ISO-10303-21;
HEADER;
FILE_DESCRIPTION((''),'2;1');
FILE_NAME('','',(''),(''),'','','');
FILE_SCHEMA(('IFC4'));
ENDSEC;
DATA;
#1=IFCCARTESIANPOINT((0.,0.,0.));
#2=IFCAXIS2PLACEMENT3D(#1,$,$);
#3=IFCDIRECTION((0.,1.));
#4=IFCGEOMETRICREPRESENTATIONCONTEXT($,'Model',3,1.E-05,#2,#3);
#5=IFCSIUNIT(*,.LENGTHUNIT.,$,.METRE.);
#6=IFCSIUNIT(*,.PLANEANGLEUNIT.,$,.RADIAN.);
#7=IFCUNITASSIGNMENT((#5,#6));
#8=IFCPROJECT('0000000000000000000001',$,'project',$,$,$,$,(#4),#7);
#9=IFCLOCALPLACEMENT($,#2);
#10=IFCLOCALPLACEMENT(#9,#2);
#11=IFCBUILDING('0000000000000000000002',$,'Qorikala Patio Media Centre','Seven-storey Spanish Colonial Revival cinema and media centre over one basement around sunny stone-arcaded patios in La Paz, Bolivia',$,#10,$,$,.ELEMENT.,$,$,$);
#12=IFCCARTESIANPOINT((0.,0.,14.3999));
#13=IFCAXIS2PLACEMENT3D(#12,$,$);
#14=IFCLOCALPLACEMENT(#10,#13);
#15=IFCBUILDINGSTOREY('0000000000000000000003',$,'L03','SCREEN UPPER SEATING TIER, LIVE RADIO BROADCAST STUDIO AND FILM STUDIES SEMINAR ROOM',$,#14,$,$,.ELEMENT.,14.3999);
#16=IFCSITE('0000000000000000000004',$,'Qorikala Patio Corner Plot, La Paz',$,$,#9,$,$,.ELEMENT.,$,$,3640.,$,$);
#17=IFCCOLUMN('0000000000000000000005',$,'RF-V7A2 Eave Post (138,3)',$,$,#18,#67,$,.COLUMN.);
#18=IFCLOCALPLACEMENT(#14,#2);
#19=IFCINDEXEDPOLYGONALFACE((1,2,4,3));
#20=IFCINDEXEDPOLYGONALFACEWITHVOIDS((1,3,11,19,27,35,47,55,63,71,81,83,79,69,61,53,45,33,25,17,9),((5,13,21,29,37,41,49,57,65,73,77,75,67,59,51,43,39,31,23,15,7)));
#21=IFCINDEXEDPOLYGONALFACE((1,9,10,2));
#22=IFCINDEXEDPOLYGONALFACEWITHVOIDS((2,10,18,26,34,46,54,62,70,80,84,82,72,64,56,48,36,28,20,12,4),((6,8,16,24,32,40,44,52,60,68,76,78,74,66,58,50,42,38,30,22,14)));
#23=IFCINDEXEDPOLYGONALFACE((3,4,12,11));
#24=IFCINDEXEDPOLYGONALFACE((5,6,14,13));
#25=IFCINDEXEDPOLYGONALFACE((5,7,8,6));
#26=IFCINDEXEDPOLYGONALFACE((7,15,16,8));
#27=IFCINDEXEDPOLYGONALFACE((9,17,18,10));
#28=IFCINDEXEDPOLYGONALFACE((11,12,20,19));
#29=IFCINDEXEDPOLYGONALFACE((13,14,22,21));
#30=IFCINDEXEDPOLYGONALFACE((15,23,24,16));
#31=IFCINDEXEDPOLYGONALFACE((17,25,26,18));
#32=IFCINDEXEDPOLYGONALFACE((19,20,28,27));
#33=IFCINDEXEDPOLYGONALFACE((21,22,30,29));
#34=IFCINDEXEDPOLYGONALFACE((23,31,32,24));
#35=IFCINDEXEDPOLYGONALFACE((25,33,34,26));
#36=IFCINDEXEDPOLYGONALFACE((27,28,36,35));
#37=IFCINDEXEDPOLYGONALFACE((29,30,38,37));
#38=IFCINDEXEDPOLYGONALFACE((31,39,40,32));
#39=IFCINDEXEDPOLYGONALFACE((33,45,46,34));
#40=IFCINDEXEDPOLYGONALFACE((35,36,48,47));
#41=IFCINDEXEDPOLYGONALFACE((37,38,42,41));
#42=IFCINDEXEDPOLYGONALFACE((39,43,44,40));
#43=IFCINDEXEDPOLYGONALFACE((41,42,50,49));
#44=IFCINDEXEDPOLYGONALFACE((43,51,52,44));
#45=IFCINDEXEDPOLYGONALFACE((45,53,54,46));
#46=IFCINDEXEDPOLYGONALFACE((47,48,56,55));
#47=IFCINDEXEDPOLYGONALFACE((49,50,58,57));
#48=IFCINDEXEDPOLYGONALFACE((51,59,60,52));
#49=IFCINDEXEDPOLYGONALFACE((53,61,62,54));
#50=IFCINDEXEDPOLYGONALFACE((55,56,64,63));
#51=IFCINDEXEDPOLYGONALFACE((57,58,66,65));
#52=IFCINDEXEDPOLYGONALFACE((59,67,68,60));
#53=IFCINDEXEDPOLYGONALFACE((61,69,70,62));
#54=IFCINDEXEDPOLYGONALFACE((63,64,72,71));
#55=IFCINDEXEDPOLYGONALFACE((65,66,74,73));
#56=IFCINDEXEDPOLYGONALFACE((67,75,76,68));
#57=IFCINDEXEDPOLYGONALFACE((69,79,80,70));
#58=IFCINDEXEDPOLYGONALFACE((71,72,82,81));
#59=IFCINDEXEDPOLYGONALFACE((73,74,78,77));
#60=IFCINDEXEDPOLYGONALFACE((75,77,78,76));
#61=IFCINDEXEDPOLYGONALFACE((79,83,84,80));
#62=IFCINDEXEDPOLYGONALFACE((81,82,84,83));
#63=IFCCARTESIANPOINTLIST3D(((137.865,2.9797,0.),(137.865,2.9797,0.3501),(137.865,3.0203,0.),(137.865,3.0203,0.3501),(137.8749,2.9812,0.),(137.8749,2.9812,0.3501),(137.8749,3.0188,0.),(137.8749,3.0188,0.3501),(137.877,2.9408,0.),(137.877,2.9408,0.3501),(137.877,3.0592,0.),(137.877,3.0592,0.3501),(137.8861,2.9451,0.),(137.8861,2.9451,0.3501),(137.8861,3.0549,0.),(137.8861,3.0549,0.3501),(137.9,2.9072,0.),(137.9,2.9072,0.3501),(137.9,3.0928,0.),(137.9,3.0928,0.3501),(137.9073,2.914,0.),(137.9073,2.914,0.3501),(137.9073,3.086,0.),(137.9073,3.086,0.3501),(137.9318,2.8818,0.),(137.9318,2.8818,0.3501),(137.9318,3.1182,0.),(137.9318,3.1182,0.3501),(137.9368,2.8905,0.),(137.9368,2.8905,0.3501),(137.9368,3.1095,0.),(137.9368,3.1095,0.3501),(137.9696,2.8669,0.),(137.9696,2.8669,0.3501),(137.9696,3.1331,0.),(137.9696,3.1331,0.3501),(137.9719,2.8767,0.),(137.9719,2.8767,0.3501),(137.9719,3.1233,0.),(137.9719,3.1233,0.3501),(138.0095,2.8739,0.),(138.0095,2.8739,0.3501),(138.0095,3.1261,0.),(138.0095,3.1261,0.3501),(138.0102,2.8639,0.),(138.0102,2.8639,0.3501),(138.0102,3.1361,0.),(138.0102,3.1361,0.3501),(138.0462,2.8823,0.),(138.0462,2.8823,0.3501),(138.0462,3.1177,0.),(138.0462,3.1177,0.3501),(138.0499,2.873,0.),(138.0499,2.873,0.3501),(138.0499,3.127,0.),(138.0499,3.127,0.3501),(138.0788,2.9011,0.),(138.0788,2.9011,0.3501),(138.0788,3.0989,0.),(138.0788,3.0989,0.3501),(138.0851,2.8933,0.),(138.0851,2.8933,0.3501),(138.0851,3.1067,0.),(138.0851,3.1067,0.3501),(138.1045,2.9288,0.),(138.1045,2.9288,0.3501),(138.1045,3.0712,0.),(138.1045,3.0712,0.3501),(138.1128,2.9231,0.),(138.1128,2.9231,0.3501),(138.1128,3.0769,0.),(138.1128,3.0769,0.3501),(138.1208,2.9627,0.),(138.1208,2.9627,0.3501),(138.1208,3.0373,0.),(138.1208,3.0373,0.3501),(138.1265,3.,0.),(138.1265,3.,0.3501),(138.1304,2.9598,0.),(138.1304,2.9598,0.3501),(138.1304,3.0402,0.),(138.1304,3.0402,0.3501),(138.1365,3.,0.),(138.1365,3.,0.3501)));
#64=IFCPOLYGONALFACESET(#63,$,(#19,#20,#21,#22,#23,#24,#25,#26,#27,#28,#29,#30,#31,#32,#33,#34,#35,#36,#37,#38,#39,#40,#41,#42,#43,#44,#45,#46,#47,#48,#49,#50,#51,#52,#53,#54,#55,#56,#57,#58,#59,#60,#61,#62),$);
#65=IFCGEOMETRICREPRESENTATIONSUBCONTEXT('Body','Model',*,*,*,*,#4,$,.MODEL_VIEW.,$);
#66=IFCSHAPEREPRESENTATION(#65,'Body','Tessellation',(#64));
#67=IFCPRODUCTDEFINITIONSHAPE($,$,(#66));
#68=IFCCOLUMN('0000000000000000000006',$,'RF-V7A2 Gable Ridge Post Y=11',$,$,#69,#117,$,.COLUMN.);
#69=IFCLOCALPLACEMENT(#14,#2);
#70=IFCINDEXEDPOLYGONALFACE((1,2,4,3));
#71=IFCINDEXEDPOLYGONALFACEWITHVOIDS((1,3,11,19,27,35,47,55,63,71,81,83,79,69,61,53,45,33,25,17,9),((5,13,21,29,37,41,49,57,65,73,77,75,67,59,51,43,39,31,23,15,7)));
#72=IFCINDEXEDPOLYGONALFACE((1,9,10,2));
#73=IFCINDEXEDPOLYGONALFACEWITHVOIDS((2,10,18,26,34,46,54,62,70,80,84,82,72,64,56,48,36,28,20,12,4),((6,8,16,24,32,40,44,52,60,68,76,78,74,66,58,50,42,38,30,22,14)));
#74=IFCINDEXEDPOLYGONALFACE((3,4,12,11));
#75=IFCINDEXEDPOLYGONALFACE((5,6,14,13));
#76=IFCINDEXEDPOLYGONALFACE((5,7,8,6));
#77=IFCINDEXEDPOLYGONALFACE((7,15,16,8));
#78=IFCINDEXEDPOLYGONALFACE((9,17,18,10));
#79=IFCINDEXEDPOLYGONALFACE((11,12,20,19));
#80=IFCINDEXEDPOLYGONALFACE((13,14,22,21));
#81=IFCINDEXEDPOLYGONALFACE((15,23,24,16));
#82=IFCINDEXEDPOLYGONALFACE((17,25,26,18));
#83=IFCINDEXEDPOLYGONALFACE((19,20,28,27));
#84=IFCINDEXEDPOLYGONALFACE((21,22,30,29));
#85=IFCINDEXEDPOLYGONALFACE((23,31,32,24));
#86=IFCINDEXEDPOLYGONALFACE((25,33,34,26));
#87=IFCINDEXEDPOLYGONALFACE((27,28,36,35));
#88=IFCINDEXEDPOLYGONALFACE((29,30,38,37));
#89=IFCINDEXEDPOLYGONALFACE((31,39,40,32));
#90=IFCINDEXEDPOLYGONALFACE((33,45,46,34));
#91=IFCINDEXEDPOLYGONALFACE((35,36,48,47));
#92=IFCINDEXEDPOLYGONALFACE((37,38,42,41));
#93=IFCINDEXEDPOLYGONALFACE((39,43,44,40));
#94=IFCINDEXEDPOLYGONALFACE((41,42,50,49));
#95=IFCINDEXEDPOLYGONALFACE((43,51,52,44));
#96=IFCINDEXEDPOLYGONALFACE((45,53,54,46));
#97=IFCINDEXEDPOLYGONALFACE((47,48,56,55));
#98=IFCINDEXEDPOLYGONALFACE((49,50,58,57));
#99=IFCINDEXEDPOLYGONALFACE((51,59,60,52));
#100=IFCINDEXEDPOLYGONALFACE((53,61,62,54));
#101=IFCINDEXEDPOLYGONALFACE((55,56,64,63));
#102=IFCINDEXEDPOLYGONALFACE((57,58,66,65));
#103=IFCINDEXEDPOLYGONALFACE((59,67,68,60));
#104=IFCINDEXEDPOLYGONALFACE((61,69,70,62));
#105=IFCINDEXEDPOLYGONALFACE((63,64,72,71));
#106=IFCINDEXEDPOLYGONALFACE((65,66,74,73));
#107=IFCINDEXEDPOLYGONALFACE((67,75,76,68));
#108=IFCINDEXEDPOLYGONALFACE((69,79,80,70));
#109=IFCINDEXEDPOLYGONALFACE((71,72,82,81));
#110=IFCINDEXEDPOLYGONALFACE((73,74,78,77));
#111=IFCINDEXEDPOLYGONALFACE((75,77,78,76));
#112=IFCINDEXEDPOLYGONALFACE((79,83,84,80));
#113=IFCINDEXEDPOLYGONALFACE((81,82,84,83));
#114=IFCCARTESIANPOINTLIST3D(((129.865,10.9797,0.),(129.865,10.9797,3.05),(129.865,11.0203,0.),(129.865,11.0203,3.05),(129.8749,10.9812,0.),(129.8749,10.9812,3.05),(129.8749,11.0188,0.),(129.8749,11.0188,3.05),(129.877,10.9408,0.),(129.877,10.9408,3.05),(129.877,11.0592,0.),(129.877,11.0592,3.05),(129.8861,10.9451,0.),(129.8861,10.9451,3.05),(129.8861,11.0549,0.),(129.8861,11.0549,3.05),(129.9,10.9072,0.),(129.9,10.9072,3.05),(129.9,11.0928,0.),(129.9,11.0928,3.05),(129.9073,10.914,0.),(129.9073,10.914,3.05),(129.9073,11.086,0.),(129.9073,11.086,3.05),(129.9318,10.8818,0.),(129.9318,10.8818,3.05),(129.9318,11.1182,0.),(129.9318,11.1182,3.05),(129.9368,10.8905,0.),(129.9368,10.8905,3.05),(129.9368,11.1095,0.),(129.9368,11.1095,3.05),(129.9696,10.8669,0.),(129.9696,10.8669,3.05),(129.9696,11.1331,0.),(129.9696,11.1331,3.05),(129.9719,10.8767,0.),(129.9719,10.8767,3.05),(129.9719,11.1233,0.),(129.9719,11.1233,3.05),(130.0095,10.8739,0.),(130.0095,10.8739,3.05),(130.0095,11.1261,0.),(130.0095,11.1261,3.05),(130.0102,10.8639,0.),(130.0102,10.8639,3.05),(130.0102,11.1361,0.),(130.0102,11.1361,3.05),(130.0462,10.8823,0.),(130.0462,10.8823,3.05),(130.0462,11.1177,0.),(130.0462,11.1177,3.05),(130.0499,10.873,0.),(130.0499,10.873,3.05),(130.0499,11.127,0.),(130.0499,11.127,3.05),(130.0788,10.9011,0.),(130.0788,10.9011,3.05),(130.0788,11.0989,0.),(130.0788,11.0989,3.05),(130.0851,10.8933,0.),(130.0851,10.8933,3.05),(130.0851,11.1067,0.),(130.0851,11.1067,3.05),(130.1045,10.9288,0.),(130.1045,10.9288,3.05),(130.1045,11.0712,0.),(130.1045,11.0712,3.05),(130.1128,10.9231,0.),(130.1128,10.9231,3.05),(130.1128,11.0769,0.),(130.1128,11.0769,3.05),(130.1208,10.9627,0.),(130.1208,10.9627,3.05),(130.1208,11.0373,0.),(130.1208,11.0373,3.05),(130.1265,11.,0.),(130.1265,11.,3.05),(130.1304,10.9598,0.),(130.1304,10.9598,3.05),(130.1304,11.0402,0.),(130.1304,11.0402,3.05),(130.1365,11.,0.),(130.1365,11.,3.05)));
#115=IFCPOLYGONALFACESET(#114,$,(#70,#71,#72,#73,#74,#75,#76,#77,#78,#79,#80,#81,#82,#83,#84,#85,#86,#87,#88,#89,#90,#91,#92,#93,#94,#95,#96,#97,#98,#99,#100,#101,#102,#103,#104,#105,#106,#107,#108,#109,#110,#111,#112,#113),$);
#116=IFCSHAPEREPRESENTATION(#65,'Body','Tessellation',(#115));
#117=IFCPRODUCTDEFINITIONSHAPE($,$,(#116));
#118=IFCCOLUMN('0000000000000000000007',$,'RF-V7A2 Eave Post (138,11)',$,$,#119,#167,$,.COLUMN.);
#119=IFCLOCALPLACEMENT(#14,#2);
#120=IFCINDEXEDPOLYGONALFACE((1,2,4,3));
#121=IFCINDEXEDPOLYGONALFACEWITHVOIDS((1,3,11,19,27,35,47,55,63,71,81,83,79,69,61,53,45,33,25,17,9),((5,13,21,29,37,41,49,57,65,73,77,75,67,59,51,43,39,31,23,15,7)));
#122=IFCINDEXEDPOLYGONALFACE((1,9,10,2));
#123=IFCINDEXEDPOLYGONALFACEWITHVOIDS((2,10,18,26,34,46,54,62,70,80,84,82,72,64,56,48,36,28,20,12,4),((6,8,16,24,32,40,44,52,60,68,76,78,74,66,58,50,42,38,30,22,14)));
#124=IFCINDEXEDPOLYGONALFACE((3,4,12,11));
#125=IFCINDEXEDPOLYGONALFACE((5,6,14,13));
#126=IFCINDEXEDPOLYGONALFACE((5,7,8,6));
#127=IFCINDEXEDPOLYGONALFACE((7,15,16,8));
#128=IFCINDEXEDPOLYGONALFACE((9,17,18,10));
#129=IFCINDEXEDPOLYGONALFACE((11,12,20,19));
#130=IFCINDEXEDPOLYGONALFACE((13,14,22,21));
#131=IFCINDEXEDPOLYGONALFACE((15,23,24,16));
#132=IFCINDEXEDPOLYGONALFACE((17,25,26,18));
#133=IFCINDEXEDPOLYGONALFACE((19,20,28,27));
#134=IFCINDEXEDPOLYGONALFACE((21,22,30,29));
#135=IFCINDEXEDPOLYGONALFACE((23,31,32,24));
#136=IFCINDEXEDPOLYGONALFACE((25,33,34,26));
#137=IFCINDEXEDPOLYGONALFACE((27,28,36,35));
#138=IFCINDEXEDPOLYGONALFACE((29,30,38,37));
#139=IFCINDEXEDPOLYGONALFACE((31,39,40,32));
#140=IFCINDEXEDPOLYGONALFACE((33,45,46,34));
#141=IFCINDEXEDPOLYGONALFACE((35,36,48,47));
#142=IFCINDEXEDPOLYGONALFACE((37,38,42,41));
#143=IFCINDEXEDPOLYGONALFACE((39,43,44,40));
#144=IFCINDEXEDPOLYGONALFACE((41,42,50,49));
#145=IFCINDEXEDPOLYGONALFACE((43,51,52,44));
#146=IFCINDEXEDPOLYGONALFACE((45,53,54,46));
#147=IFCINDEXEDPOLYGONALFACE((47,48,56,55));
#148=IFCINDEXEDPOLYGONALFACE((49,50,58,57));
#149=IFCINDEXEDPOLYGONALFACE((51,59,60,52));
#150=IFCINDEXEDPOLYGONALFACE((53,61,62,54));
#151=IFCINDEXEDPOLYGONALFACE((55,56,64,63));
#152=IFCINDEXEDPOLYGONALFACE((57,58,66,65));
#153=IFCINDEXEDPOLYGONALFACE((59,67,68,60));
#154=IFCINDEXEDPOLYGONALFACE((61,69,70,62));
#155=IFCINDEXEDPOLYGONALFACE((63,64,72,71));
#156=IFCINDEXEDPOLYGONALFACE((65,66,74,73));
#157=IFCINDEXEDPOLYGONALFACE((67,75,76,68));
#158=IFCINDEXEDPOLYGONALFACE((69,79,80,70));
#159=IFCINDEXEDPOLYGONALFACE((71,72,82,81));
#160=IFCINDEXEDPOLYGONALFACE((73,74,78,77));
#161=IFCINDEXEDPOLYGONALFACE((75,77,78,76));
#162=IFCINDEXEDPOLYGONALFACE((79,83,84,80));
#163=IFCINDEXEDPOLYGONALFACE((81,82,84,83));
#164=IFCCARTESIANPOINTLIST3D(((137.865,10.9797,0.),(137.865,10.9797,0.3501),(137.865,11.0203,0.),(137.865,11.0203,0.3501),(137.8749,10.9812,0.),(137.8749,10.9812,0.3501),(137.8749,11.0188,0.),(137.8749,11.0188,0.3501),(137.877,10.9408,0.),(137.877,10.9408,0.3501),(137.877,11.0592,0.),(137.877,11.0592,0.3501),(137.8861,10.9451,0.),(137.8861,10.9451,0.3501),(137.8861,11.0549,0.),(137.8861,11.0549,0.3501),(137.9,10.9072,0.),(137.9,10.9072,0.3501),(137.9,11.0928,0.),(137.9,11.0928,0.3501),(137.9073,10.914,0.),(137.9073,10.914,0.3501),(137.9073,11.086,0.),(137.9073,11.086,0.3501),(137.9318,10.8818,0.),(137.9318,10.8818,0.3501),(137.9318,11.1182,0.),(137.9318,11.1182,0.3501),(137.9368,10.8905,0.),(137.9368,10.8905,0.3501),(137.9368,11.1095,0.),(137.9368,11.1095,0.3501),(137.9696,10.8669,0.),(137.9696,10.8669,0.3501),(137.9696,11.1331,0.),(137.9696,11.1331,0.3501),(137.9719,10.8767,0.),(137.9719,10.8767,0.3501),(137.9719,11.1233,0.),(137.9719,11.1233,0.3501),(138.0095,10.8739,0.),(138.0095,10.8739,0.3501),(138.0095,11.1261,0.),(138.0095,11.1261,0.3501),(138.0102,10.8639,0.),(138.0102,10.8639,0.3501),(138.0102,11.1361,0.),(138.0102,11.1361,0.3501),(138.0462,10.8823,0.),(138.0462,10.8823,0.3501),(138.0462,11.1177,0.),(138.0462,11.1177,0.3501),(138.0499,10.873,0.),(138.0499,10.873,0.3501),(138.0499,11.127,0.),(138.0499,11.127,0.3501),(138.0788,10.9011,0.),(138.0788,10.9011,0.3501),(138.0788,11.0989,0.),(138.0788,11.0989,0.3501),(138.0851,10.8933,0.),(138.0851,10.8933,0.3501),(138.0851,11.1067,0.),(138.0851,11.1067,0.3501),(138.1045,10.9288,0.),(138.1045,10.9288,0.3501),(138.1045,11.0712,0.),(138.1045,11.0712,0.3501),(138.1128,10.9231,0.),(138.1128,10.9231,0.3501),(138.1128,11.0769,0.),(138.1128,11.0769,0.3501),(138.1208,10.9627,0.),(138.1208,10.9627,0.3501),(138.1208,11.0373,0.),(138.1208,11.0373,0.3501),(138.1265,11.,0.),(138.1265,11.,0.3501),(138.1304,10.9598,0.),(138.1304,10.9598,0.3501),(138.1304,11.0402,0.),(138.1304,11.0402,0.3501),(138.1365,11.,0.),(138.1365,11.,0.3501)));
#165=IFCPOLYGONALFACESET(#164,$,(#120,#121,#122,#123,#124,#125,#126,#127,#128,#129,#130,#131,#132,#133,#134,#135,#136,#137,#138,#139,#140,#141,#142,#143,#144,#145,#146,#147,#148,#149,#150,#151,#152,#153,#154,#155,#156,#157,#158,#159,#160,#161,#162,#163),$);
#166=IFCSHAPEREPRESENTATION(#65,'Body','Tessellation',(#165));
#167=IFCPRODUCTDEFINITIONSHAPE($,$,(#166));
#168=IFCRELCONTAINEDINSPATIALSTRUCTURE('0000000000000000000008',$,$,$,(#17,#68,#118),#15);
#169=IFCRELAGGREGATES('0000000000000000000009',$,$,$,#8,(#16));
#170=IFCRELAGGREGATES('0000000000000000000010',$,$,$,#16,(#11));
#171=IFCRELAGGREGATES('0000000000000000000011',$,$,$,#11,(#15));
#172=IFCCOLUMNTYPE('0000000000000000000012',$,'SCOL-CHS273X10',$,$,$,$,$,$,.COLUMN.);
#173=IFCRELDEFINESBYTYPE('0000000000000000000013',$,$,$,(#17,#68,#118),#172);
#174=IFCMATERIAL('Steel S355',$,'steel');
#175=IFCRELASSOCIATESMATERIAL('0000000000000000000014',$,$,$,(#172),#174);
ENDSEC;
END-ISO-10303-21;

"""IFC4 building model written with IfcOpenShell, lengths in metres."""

from ifc_helpers import new_model, si_unit, direction, frame, origin, origin_2d, place, context, subcontext, project, spatial, hollow_circle, extrude, material, material_profile, profile_set, type_object, element, save


model = new_model("IFC4")

# Units and contexts
model_context = context("Model", 3, precision=1e-05, world=origin(), true_north=direction((0.0, 1.0)))
body_context = subcontext(model_context, "Body", "Model", "MODEL_VIEW")
ifc_project = project(units=[si_unit("LENGTHUNIT", "METRE"), si_unit("PLANEANGLEUNIT", "RADIAN")], contexts=[model_context])

# Site, building, storey
site_placement = place(None, origin())
site = spatial("IfcSite", under=ifc_project, at=site_placement, Name="Qorikala Patio Corner Plot, La Paz", CompositionType="ELEMENT", RefElevation=3640.0)
building_placement = place(site_placement, origin())
building = spatial("IfcBuilding", under=site, at=building_placement, Name="Qorikala Patio Media Centre", Description="Seven-storey Spanish Colonial Revival cinema and media centre over one basement around sunny stone-arcaded patios in La Paz, Bolivia", CompositionType="ELEMENT")
storey_placement = place(building_placement, frame((0.0, 0.0, 14.3999)))
storey = spatial("IfcBuildingStorey", under=building, at=storey_placement, Name="L03", Description="SCREEN UPPER SEATING TIER, LIVE RADIO BROADCAST STUDIO AND FILM STUDIES SEMINAR ROOM", CompositionType="ELEMENT", Elevation=14.3999)

# Columns
ifc_material_1 = material(Name="Steel S355", Category="steel")
ifc_material_profile_1 = material_profile(ifc_material_1, hollow_circle(Radius=0.1365, WallThickness=0.01, at=origin_2d()), Name="CHS273X10")
ifc_profile_set_1 = profile_set([ifc_material_profile_1], Name="Steel S355")
column_type = type_object("IfcColumnType", Name="SCOL-CHS273X10", PredefinedType="COLUMN", material=ifc_profile_set_1)
column_1_placement = place(storey_placement, frame((138.0, 3.0, 0.0), z_axis=(0.0, 0.0, 1.0), x_axis=(1.0, 0.0, 0.0)))
element("IfcColumn", 1, at=column_1_placement, inside=storey, type_object=column_type, Name="RF-V7A2 Eave Post (138,3)", PredefinedType="COLUMN", context=body_context, shape_type="SweptSolid", body=[
    extrude(hollow_circle(Radius=0.1365, WallThickness=0.01, at=origin_2d()), origin(), (0.0, 0.0, 1.0), 0.3501),
])
column_2_placement = place(storey_placement, frame((130.0, 11.0, 0.0), z_axis=(0.0, 0.0, 1.0), x_axis=(1.0, 0.0, 0.0)))
element("IfcColumn", 2, at=column_2_placement, inside=storey, type_object=column_type, Name="RF-V7A2 Gable Ridge Post Y=11", PredefinedType="COLUMN", context=body_context, shape_type="SweptSolid", body=[
    extrude(hollow_circle(Radius=0.1365, WallThickness=0.01, at=origin_2d()), origin(), (0.0, 0.0, 1.0), 3.05),
])
column_3_placement = place(storey_placement, frame((138.0, 11.0, 0.0), z_axis=(0.0, 0.0, 1.0), x_axis=(1.0, 0.0, 0.0)))
element("IfcColumn", 3, at=column_3_placement, inside=storey, type_object=column_type, Name="RF-V7A2 Eave Post (138,11)", PredefinedType="COLUMN", context=body_context, shape_type="SweptSolid", body=[
    extrude(hollow_circle(Radius=0.1365, WallThickness=0.01, at=origin_2d()), origin(), (0.0, 0.0, 1.0), 0.3501),
])

save(model, "model.ifc")
